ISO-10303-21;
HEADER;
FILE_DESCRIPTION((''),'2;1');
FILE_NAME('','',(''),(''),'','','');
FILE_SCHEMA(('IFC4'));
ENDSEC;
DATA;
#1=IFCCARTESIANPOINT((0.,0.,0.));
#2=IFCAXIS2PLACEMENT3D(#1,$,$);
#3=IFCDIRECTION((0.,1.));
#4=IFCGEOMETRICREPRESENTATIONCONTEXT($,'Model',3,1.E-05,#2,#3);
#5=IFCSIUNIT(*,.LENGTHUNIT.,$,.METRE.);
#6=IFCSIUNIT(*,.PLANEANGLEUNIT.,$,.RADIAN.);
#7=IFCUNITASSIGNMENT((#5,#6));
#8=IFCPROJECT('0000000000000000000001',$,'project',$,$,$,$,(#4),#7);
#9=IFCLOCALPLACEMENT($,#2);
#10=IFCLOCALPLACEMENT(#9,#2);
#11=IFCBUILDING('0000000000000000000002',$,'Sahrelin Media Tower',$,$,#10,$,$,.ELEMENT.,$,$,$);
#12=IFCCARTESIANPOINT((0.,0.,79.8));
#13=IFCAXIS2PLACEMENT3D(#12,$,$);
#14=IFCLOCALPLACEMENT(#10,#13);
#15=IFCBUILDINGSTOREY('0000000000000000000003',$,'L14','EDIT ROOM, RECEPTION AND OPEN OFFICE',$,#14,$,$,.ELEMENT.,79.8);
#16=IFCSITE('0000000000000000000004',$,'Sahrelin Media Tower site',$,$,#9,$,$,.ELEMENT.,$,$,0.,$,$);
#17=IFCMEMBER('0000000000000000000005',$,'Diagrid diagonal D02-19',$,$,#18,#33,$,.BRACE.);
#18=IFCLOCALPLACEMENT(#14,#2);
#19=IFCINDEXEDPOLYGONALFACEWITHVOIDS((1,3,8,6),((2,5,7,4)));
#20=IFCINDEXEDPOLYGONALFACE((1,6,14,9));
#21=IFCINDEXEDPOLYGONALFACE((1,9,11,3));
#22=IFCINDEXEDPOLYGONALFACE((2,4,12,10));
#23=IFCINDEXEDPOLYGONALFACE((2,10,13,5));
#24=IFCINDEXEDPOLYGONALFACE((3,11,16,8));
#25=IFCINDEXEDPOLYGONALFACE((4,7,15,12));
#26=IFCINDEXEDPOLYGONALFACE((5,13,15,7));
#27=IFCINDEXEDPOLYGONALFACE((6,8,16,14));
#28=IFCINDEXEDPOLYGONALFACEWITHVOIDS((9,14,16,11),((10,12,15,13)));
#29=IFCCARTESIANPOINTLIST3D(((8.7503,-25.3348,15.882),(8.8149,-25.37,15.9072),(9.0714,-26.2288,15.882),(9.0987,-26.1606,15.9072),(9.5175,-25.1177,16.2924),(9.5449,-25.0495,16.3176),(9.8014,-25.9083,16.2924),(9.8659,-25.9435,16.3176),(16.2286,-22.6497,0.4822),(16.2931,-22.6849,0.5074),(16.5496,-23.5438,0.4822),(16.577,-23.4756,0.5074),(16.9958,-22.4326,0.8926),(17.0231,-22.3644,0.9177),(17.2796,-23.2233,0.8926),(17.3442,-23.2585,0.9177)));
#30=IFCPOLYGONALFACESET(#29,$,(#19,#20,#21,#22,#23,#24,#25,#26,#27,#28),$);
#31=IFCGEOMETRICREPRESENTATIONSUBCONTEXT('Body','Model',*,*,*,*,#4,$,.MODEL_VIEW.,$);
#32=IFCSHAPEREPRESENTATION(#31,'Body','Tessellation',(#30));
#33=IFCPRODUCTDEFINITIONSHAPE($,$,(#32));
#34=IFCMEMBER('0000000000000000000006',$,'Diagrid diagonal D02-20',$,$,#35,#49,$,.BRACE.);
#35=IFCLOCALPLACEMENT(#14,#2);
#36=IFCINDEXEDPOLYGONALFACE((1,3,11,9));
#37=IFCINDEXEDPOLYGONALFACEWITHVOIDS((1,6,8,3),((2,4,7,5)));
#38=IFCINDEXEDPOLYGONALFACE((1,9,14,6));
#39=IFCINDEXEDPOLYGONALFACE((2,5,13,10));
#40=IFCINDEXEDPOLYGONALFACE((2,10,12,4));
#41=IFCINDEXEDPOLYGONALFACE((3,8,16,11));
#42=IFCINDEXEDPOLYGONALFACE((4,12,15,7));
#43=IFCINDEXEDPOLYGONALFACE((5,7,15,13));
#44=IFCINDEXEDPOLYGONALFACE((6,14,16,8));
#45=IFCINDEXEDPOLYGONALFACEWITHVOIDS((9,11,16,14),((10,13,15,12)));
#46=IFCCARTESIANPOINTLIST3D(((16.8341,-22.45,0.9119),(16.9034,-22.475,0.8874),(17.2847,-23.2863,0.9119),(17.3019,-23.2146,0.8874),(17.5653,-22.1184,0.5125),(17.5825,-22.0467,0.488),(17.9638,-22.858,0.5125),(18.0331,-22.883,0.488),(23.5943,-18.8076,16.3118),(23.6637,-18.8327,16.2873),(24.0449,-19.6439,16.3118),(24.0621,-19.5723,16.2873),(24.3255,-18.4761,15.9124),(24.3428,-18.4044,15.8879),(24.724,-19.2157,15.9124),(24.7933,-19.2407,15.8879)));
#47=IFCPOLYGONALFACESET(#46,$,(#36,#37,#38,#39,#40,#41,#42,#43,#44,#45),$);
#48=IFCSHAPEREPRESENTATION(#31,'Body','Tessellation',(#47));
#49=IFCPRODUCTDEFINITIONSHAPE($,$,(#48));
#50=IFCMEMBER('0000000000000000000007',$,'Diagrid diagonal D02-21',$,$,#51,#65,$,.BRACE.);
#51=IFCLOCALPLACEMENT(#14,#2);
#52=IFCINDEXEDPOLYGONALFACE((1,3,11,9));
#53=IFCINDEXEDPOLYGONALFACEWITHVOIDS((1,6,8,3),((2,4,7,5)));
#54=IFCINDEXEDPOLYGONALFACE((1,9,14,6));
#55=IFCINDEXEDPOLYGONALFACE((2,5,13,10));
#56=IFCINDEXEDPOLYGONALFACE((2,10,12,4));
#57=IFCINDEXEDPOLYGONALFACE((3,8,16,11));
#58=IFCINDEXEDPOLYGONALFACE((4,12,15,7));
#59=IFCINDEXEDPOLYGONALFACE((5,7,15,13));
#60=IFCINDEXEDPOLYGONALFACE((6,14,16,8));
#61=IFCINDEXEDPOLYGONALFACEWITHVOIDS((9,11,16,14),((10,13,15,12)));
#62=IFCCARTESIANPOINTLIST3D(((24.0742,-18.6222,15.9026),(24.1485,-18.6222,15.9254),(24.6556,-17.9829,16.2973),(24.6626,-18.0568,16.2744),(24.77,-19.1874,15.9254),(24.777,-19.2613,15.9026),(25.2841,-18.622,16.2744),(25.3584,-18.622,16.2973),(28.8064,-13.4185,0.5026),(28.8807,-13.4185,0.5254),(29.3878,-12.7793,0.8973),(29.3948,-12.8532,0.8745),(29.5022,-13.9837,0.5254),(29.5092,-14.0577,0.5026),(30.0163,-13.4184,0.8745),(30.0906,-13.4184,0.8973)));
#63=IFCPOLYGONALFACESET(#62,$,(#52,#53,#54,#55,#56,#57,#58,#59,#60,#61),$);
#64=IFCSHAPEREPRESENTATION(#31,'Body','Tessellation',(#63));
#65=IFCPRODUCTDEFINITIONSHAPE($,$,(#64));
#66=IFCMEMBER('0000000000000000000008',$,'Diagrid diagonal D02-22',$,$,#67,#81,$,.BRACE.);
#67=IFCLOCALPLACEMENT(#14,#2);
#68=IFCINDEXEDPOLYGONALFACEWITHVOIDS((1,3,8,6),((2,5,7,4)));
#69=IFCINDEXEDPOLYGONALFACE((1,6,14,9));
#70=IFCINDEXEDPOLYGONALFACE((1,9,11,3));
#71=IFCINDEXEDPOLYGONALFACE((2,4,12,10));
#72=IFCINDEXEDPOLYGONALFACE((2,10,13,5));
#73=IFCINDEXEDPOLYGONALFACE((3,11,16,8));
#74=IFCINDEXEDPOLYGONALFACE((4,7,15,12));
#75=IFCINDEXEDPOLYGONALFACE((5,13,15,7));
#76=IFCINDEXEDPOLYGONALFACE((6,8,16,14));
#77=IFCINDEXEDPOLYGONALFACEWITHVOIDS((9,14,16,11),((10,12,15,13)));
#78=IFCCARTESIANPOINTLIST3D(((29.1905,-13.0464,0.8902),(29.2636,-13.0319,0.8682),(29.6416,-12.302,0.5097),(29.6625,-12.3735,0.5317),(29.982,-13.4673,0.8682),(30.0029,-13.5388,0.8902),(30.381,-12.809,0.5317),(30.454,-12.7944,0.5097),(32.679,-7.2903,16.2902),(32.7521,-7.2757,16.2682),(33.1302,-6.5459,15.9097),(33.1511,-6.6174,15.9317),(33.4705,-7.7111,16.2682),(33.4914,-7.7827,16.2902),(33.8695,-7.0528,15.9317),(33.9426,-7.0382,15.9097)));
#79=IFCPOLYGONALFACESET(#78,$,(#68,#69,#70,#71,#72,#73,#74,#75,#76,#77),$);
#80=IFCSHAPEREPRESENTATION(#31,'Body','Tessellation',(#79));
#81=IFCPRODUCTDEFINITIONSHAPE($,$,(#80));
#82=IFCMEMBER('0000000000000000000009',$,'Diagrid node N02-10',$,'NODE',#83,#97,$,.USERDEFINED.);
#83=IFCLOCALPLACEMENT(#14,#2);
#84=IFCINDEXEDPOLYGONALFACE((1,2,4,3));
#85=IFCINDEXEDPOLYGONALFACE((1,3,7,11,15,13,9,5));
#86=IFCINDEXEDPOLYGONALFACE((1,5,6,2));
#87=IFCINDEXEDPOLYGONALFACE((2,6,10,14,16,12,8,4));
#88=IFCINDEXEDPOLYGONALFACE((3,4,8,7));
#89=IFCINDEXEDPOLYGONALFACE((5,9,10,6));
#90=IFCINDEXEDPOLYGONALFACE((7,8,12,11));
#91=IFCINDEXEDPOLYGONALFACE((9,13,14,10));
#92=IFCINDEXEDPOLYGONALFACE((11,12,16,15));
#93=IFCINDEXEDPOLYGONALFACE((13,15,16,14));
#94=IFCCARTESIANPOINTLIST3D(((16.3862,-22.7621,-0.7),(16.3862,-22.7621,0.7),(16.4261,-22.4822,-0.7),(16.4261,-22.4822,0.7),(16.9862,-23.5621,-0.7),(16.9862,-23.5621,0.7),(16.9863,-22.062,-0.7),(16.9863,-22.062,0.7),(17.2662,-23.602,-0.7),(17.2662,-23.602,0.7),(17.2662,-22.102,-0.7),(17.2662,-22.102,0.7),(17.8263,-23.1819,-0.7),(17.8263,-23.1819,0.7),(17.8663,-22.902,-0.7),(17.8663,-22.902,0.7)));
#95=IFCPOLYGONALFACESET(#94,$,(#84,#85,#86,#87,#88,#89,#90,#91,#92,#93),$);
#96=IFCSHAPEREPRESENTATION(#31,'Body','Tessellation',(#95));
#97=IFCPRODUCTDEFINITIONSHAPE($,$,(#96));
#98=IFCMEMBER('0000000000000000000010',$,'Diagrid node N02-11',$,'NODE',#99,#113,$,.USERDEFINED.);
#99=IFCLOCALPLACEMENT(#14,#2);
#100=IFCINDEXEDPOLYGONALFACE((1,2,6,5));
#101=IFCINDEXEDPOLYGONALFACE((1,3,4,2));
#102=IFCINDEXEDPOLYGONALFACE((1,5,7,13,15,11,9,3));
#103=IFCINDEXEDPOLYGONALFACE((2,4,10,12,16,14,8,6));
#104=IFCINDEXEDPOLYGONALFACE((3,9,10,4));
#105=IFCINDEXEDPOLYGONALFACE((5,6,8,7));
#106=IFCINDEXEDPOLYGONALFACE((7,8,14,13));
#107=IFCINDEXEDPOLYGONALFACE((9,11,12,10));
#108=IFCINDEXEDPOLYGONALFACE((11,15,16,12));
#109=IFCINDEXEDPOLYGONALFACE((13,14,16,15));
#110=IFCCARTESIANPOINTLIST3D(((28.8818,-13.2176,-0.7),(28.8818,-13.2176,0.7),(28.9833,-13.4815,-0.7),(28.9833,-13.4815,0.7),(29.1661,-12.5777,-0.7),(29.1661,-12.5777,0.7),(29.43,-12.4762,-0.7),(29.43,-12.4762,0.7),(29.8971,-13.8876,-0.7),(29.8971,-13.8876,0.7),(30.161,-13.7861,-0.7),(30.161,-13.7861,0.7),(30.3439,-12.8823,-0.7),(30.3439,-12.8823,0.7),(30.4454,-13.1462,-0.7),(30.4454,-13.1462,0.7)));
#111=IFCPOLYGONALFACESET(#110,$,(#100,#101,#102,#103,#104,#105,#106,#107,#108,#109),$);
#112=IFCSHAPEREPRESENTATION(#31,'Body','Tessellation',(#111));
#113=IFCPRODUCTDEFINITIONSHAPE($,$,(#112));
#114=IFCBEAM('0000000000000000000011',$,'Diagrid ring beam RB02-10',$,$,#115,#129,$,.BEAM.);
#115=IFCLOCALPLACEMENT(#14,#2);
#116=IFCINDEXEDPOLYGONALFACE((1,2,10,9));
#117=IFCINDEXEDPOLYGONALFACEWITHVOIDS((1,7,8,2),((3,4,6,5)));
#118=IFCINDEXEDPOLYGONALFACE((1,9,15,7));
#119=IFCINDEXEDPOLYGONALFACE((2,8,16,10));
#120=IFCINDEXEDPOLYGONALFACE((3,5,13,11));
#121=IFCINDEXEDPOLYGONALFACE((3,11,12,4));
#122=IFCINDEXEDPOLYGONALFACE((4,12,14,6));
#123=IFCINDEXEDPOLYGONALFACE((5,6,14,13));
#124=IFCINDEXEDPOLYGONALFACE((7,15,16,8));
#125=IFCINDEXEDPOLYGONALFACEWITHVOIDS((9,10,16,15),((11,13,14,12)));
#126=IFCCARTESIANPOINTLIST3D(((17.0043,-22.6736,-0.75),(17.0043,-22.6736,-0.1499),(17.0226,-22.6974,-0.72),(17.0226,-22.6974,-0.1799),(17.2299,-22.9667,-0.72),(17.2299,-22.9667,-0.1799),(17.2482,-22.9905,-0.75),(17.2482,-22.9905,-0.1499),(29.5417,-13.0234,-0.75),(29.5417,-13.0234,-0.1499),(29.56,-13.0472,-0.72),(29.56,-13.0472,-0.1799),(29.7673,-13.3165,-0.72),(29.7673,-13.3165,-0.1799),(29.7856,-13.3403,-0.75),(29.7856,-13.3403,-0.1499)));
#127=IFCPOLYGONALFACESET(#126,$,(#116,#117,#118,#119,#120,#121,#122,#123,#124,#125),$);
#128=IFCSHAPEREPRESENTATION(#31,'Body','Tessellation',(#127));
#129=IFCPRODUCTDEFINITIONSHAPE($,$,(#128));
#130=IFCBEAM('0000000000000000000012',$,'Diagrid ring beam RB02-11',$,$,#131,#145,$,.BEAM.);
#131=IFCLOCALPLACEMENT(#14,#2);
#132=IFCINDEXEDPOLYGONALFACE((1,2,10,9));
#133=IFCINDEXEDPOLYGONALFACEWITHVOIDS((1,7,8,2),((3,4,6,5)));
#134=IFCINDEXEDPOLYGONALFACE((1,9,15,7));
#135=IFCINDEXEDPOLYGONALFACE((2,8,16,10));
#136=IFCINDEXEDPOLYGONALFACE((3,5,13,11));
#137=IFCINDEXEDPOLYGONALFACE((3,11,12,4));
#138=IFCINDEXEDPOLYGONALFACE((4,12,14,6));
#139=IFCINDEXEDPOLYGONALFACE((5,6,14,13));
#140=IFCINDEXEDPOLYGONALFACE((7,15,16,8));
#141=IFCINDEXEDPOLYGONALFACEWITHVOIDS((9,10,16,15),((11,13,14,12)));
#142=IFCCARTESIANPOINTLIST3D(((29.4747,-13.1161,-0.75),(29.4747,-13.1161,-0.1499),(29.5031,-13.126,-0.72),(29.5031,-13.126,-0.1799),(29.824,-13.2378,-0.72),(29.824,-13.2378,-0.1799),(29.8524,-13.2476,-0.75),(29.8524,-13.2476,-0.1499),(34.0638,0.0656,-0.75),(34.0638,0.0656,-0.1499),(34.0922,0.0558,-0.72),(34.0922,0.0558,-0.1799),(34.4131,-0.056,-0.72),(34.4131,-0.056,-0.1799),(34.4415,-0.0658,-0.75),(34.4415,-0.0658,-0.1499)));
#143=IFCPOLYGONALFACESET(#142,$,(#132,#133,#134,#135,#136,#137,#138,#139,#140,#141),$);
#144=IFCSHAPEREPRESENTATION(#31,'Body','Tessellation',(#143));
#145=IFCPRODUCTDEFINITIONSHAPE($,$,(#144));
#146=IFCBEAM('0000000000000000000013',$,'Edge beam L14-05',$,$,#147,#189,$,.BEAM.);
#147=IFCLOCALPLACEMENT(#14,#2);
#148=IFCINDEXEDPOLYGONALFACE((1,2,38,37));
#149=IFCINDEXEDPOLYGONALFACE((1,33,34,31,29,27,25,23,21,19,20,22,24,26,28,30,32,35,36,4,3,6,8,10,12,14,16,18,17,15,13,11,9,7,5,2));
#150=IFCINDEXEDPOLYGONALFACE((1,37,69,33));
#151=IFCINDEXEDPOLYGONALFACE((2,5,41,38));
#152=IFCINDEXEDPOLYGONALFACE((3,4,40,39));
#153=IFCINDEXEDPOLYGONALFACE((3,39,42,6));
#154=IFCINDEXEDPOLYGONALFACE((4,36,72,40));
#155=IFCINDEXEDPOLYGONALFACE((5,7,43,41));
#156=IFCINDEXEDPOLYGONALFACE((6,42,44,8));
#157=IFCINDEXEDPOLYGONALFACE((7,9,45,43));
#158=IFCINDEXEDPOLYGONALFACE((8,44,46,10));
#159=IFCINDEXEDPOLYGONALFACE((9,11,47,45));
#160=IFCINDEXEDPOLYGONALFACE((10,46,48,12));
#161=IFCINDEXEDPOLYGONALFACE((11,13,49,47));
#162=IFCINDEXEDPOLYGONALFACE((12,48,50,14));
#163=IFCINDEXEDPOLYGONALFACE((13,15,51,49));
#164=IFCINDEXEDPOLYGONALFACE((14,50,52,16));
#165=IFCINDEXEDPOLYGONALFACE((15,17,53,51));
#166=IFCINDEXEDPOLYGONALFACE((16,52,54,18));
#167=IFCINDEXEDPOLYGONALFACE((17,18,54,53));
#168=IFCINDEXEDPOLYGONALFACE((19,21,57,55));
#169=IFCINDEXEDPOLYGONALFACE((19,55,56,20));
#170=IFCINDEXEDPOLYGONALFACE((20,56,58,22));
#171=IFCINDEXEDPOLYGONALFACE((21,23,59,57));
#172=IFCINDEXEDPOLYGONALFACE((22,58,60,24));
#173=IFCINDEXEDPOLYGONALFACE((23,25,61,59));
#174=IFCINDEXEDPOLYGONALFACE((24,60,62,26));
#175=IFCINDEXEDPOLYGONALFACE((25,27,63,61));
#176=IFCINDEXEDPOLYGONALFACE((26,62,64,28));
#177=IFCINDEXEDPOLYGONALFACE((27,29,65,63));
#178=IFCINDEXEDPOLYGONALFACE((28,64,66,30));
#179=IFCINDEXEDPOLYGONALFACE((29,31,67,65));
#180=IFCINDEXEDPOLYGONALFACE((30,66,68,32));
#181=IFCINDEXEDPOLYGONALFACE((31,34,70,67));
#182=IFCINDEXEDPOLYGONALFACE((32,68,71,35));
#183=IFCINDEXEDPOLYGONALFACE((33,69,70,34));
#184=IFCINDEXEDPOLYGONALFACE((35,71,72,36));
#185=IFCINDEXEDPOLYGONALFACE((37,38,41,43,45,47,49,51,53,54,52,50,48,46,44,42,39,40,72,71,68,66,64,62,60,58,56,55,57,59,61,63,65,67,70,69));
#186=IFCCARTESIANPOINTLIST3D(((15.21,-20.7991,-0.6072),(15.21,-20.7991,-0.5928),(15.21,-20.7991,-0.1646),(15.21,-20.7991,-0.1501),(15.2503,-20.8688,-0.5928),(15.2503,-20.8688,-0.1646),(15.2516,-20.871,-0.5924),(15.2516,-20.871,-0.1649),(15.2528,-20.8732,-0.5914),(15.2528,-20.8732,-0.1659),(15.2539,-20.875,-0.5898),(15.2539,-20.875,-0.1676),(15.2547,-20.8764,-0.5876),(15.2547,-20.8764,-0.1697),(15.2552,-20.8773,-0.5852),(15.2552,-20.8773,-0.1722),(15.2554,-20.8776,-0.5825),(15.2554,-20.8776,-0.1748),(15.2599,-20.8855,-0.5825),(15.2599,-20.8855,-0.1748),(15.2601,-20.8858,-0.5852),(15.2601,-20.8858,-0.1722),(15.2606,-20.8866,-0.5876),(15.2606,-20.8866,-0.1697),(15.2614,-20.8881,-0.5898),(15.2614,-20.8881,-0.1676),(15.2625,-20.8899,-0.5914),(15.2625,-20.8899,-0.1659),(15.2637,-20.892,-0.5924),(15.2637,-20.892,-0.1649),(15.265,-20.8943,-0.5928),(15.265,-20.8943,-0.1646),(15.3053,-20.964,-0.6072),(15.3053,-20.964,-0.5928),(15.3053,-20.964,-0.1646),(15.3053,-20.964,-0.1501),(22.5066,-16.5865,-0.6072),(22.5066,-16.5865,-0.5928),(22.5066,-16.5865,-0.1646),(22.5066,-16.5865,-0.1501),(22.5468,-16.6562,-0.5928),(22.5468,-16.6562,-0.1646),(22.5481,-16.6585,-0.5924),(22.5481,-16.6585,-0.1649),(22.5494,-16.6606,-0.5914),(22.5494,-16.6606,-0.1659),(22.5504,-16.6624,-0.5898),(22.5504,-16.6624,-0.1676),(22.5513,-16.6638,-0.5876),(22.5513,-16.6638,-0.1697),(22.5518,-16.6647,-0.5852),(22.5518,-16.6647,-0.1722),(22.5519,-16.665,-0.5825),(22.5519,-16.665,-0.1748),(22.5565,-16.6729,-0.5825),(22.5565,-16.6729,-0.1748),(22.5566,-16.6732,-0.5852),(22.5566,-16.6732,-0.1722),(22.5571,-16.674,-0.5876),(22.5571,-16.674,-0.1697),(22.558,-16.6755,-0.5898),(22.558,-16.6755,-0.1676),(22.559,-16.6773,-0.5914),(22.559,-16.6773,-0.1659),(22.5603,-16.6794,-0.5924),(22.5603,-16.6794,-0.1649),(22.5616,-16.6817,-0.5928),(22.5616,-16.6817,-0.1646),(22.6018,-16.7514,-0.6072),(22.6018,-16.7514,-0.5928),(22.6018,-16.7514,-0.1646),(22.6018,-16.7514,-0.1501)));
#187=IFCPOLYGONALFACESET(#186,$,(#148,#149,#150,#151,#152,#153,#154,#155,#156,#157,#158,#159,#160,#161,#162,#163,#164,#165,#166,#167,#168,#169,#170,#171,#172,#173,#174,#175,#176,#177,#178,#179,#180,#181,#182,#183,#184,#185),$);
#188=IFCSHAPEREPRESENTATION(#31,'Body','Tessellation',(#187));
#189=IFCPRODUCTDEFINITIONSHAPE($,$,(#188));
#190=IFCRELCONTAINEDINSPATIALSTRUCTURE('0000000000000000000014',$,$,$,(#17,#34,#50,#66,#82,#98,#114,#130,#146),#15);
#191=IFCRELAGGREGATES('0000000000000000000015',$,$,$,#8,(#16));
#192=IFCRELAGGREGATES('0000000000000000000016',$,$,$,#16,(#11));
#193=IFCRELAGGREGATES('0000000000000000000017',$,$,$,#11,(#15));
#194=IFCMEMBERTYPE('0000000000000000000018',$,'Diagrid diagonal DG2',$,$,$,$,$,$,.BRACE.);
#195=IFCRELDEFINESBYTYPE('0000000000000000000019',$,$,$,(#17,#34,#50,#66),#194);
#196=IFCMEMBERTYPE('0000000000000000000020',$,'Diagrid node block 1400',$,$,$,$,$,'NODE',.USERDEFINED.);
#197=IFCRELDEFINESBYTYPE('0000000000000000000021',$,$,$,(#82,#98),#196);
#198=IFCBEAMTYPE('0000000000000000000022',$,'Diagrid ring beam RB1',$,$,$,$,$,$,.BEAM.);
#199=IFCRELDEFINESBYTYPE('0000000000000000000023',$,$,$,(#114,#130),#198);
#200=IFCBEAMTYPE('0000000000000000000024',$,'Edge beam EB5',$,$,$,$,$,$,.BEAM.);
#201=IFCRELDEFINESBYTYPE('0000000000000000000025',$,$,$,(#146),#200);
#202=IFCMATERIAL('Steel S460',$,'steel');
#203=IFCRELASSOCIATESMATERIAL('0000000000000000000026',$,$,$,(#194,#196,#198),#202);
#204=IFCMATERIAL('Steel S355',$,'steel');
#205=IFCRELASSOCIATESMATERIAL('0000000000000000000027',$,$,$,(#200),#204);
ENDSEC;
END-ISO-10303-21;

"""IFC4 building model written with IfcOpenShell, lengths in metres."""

from ifc_helpers import new_model, si_unit, direction, frame, origin, origin_2d, place, context, subcontext, project, spatial, polyline, hollow_rectangle, i_section, outline, extrude, material, material_profile, profile_set, type_object, element, save


model = new_model("IFC4")

# Units and contexts
model_context = context("Model", 3, precision=1e-05, world=origin(), true_north=direction((0.0, 1.0)))
body_context = subcontext(model_context, "Body", "Model", "MODEL_VIEW")
ifc_project = project(units=[si_unit("LENGTHUNIT", "METRE"), si_unit("PLANEANGLEUNIT", "RADIAN")], contexts=[model_context])

# Site, building, storey
site_placement = place(None, origin())
site = spatial("IfcSite", under=ifc_project, at=site_placement, Name="Sahrelin Media Tower site", CompositionType="ELEMENT", RefElevation=0.0)
building_placement = place(site_placement, origin())
building = spatial("IfcBuilding", under=site, at=building_placement, Name="Sahrelin Media Tower", CompositionType="ELEMENT")
storey_placement = place(building_placement, frame((0.0, 0.0, 79.8)))
storey = spatial("IfcBuildingStorey", under=building, at=storey_placement, Name="L14", Description="EDIT ROOM, RECEPTION AND OPEN OFFICE", CompositionType="ELEMENT", Elevation=79.8)

# Members
ifc_material_1 = material(Name="Steel S460", Category="steel")
ifc_material_profile_1 = material_profile(ifc_material_1, hollow_rectangle(XDim=0.95, YDim=0.95, WallThickness=0.0549, at=origin_2d()), Name="Diagrid diagonal DG2")
ifc_profile_set_1 = profile_set([ifc_material_profile_1], Name="Steel S460")
member_type_1 = type_object("IfcMemberType", Name="Diagrid diagonal DG2", PredefinedType="BRACE", material=ifc_profile_set_1)
member_1_placement = place(storey_placement, frame((16.7864, -22.9541, 0.7), z_axis=(-0.431549, -0.154947, 0.888683), x_axis=(0.337926, -0.941173, 0.0)))
element("IfcMember", 1, at=member_1_placement, inside=storey, type_object=member_type_1, Name="Diagrid diagonal D02-19", PredefinedType="BRACE", context=body_context, shape_type="SweptSolid", body=[
    extrude(hollow_rectangle(XDim=0.95, YDim=0.95, WallThickness=0.0549, at=origin_2d()), origin(), (0.0, 0.0, 1.0), 17.3289),
])
member_2_placement = place(storey_placement, frame((17.4336, -22.6665, 0.7), z_axis=(0.392849, 0.211662, 0.894913), x_axis=(-0.474322, 0.880352, 0.0)))
element("IfcMember", 2, at=member_2_placement, inside=storey, type_object=member_type_1, Name="Diagrid diagonal D02-20", PredefinedType="BRACE", context=body_context, shape_type="SweptSolid", body=[
    extrude(hollow_rectangle(XDim=0.95, YDim=0.95, WallThickness=0.0549, at=origin_2d()), origin(), (0.0, 0.0, 1.0), 17.2083),
])
member_3_placement = place(storey_placement, frame((29.4485, -13.4185, 0.7), z_axis=(-0.279513, -0.307359, 0.909617), x_axis=(0.739825, -0.672799, 0.0)))
element("IfcMember", 3, at=member_3_placement, inside=storey, type_object=member_type_1, Name="Diagrid diagonal D02-21", PredefinedType="BRACE", context=body_context, shape_type="SweptSolid", body=[
    extrude(hollow_rectangle(XDim=0.95, YDim=0.95, WallThickness=0.0549, at=origin_2d()), origin(), (0.0, 0.0, 1.0), 16.9302),
])
member_4_placement = place(storey_placement, frame((29.8223, -12.9204, 0.7), z_axis=(0.20757, 0.342492, 0.916305), x_axis=(-0.855199, 0.518299, 0.0)))
element("IfcMember", 4, at=member_4_placement, inside=storey, type_object=member_type_1, Name="Diagrid diagonal D02-22", PredefinedType="BRACE", context=body_context, shape_type="SweptSolid", body=[
    extrude(hollow_rectangle(XDim=0.95, YDim=0.95, WallThickness=0.0549, at=origin_2d()), origin(), (0.0, 0.0, 1.0), 16.8066),
])
ifc_material_profile_2 = material_profile(ifc_material_1, outline(polyline([(0.5, -0.55), (0.7, -0.3501), (0.7, 0.3501), (0.5, 0.55), (-0.5, 0.55), (-0.7, 0.3501), (-0.7, -0.3501), (-0.5, -0.55), (0.5, -0.55)])), Name="Diagrid node block 1400")
ifc_profile_set_2 = profile_set([ifc_material_profile_2], Name="Steel S460")
member_type_2 = type_object("IfcMemberType", Name="Diagrid node block 1400", ElementType="NODE", PredefinedType="USERDEFINED", material=ifc_profile_set_2)
for number, where, z_axis, x_axis, name in (
    (5, (17.1262, -22.832, -0.7), (0.0, 0.0, 1.0), (0.600052, -0.799961, 0.0), "Diagrid node N02-10"),
    (6, (29.6636, -13.1819, -0.7), (0.0, 0.0, 1.0), (0.913833, -0.406091, 0.0), "Diagrid node N02-11"),
):
    element("IfcMember", number, at=place(storey_placement, frame(where, z_axis=z_axis, x_axis=x_axis)), inside=storey, type_object=member_type_2, Name=name, ObjectType="NODE", PredefinedType="USERDEFINED", context=body_context, shape_type="SweptSolid", body=[
        extrude(outline(polyline([(0.5, -0.55), (0.7, -0.3501), (0.7, 0.3501), (0.5, 0.55), (-0.5, 0.55), (-0.7, 0.3501), (-0.7, -0.3501), (-0.5, -0.55), (0.5, -0.55)])), origin(), (0.0, 0.0, 1.0), 1.3999),
    ])

# Beams
ifc_material_profile_3 = material_profile(ifc_material_1, hollow_rectangle(XDim=0.3999, YDim=0.6001, WallThickness=0.03, at=origin_2d()), Name="Diagrid ring beam RB1")
ifc_profile_set_3 = profile_set([ifc_material_profile_3], Name="Steel S460")
beam_type_1 = type_object("IfcBeamType", Name="Diagrid ring beam RB1", PredefinedType="BEAM", material=ifc_profile_set_3)
beam_1_placement = place(storey_placement, frame((17.1262, -22.832, -0.45), z_axis=(0.79244, 0.60995, 0.0), x_axis=(-0.60995, 0.79244, 0.0)))
element("IfcBeam", 7, at=beam_1_placement, inside=storey, type_object=beam_type_1, Name="Diagrid ring beam RB02-10", PredefinedType="BEAM", context=body_context, shape_type="SweptSolid", body=[
    extrude(hollow_rectangle(XDim=0.3999, YDim=0.6001, WallThickness=0.03, at=origin_2d()), origin(), (0.0, 0.0, 1.0), 15.8213),
])
beam_2_placement = place(storey_placement, frame((29.6636, -13.1819, -0.45), z_axis=(0.328783, 0.944405, 0.0), x_axis=(-0.944405, 0.328783, 0.0)))
element("IfcBeam", 8, at=beam_2_placement, inside=storey, type_object=beam_type_1, Name="Diagrid ring beam RB02-11", PredefinedType="BEAM", context=body_context, shape_type="SweptSolid", body=[
    extrude(hollow_rectangle(XDim=0.3999, YDim=0.6001, WallThickness=0.03, at=origin_2d()), origin(), (0.0, 0.0, 1.0), 13.9578),
])
ifc_material_2 = material(Name="Steel S355", Category="steel")
ifc_material_profile_4 = material_profile(ifc_material_2, i_section(OverallWidth=0.1904, OverallDepth=0.457, WebThickness=0.009, FlangeThickness=0.0144, FilletRadius=0.0103, at=origin_2d()), Name="UB 457x191x74")
ifc_profile_set_4 = profile_set([ifc_material_profile_4], Name="Steel S355")
beam_type_2 = type_object("IfcBeamType", Name="Edge beam EB5", PredefinedType="BEAM", material=ifc_profile_set_4)
beam_3_placement = place(storey_placement, frame((22.5542, -16.6689, -0.3787), z_axis=(-0.866029, -0.499994, 0.0), x_axis=(0.499994, -0.866029, 0.0)))
element("IfcBeam", 9, at=beam_3_placement, inside=storey, type_object=beam_type_2, Name="Edge beam L14-05", PredefinedType="BEAM", context=body_context, shape_type="SweptSolid", body=[
    extrude(i_section(OverallWidth=0.1904, OverallDepth=0.457, WebThickness=0.009, FlangeThickness=0.0144, FilletRadius=0.0103, at=origin_2d()), origin(), (0.0, 0.0, 1.0), 8.4253),
])

save(model, "model.ifc")
